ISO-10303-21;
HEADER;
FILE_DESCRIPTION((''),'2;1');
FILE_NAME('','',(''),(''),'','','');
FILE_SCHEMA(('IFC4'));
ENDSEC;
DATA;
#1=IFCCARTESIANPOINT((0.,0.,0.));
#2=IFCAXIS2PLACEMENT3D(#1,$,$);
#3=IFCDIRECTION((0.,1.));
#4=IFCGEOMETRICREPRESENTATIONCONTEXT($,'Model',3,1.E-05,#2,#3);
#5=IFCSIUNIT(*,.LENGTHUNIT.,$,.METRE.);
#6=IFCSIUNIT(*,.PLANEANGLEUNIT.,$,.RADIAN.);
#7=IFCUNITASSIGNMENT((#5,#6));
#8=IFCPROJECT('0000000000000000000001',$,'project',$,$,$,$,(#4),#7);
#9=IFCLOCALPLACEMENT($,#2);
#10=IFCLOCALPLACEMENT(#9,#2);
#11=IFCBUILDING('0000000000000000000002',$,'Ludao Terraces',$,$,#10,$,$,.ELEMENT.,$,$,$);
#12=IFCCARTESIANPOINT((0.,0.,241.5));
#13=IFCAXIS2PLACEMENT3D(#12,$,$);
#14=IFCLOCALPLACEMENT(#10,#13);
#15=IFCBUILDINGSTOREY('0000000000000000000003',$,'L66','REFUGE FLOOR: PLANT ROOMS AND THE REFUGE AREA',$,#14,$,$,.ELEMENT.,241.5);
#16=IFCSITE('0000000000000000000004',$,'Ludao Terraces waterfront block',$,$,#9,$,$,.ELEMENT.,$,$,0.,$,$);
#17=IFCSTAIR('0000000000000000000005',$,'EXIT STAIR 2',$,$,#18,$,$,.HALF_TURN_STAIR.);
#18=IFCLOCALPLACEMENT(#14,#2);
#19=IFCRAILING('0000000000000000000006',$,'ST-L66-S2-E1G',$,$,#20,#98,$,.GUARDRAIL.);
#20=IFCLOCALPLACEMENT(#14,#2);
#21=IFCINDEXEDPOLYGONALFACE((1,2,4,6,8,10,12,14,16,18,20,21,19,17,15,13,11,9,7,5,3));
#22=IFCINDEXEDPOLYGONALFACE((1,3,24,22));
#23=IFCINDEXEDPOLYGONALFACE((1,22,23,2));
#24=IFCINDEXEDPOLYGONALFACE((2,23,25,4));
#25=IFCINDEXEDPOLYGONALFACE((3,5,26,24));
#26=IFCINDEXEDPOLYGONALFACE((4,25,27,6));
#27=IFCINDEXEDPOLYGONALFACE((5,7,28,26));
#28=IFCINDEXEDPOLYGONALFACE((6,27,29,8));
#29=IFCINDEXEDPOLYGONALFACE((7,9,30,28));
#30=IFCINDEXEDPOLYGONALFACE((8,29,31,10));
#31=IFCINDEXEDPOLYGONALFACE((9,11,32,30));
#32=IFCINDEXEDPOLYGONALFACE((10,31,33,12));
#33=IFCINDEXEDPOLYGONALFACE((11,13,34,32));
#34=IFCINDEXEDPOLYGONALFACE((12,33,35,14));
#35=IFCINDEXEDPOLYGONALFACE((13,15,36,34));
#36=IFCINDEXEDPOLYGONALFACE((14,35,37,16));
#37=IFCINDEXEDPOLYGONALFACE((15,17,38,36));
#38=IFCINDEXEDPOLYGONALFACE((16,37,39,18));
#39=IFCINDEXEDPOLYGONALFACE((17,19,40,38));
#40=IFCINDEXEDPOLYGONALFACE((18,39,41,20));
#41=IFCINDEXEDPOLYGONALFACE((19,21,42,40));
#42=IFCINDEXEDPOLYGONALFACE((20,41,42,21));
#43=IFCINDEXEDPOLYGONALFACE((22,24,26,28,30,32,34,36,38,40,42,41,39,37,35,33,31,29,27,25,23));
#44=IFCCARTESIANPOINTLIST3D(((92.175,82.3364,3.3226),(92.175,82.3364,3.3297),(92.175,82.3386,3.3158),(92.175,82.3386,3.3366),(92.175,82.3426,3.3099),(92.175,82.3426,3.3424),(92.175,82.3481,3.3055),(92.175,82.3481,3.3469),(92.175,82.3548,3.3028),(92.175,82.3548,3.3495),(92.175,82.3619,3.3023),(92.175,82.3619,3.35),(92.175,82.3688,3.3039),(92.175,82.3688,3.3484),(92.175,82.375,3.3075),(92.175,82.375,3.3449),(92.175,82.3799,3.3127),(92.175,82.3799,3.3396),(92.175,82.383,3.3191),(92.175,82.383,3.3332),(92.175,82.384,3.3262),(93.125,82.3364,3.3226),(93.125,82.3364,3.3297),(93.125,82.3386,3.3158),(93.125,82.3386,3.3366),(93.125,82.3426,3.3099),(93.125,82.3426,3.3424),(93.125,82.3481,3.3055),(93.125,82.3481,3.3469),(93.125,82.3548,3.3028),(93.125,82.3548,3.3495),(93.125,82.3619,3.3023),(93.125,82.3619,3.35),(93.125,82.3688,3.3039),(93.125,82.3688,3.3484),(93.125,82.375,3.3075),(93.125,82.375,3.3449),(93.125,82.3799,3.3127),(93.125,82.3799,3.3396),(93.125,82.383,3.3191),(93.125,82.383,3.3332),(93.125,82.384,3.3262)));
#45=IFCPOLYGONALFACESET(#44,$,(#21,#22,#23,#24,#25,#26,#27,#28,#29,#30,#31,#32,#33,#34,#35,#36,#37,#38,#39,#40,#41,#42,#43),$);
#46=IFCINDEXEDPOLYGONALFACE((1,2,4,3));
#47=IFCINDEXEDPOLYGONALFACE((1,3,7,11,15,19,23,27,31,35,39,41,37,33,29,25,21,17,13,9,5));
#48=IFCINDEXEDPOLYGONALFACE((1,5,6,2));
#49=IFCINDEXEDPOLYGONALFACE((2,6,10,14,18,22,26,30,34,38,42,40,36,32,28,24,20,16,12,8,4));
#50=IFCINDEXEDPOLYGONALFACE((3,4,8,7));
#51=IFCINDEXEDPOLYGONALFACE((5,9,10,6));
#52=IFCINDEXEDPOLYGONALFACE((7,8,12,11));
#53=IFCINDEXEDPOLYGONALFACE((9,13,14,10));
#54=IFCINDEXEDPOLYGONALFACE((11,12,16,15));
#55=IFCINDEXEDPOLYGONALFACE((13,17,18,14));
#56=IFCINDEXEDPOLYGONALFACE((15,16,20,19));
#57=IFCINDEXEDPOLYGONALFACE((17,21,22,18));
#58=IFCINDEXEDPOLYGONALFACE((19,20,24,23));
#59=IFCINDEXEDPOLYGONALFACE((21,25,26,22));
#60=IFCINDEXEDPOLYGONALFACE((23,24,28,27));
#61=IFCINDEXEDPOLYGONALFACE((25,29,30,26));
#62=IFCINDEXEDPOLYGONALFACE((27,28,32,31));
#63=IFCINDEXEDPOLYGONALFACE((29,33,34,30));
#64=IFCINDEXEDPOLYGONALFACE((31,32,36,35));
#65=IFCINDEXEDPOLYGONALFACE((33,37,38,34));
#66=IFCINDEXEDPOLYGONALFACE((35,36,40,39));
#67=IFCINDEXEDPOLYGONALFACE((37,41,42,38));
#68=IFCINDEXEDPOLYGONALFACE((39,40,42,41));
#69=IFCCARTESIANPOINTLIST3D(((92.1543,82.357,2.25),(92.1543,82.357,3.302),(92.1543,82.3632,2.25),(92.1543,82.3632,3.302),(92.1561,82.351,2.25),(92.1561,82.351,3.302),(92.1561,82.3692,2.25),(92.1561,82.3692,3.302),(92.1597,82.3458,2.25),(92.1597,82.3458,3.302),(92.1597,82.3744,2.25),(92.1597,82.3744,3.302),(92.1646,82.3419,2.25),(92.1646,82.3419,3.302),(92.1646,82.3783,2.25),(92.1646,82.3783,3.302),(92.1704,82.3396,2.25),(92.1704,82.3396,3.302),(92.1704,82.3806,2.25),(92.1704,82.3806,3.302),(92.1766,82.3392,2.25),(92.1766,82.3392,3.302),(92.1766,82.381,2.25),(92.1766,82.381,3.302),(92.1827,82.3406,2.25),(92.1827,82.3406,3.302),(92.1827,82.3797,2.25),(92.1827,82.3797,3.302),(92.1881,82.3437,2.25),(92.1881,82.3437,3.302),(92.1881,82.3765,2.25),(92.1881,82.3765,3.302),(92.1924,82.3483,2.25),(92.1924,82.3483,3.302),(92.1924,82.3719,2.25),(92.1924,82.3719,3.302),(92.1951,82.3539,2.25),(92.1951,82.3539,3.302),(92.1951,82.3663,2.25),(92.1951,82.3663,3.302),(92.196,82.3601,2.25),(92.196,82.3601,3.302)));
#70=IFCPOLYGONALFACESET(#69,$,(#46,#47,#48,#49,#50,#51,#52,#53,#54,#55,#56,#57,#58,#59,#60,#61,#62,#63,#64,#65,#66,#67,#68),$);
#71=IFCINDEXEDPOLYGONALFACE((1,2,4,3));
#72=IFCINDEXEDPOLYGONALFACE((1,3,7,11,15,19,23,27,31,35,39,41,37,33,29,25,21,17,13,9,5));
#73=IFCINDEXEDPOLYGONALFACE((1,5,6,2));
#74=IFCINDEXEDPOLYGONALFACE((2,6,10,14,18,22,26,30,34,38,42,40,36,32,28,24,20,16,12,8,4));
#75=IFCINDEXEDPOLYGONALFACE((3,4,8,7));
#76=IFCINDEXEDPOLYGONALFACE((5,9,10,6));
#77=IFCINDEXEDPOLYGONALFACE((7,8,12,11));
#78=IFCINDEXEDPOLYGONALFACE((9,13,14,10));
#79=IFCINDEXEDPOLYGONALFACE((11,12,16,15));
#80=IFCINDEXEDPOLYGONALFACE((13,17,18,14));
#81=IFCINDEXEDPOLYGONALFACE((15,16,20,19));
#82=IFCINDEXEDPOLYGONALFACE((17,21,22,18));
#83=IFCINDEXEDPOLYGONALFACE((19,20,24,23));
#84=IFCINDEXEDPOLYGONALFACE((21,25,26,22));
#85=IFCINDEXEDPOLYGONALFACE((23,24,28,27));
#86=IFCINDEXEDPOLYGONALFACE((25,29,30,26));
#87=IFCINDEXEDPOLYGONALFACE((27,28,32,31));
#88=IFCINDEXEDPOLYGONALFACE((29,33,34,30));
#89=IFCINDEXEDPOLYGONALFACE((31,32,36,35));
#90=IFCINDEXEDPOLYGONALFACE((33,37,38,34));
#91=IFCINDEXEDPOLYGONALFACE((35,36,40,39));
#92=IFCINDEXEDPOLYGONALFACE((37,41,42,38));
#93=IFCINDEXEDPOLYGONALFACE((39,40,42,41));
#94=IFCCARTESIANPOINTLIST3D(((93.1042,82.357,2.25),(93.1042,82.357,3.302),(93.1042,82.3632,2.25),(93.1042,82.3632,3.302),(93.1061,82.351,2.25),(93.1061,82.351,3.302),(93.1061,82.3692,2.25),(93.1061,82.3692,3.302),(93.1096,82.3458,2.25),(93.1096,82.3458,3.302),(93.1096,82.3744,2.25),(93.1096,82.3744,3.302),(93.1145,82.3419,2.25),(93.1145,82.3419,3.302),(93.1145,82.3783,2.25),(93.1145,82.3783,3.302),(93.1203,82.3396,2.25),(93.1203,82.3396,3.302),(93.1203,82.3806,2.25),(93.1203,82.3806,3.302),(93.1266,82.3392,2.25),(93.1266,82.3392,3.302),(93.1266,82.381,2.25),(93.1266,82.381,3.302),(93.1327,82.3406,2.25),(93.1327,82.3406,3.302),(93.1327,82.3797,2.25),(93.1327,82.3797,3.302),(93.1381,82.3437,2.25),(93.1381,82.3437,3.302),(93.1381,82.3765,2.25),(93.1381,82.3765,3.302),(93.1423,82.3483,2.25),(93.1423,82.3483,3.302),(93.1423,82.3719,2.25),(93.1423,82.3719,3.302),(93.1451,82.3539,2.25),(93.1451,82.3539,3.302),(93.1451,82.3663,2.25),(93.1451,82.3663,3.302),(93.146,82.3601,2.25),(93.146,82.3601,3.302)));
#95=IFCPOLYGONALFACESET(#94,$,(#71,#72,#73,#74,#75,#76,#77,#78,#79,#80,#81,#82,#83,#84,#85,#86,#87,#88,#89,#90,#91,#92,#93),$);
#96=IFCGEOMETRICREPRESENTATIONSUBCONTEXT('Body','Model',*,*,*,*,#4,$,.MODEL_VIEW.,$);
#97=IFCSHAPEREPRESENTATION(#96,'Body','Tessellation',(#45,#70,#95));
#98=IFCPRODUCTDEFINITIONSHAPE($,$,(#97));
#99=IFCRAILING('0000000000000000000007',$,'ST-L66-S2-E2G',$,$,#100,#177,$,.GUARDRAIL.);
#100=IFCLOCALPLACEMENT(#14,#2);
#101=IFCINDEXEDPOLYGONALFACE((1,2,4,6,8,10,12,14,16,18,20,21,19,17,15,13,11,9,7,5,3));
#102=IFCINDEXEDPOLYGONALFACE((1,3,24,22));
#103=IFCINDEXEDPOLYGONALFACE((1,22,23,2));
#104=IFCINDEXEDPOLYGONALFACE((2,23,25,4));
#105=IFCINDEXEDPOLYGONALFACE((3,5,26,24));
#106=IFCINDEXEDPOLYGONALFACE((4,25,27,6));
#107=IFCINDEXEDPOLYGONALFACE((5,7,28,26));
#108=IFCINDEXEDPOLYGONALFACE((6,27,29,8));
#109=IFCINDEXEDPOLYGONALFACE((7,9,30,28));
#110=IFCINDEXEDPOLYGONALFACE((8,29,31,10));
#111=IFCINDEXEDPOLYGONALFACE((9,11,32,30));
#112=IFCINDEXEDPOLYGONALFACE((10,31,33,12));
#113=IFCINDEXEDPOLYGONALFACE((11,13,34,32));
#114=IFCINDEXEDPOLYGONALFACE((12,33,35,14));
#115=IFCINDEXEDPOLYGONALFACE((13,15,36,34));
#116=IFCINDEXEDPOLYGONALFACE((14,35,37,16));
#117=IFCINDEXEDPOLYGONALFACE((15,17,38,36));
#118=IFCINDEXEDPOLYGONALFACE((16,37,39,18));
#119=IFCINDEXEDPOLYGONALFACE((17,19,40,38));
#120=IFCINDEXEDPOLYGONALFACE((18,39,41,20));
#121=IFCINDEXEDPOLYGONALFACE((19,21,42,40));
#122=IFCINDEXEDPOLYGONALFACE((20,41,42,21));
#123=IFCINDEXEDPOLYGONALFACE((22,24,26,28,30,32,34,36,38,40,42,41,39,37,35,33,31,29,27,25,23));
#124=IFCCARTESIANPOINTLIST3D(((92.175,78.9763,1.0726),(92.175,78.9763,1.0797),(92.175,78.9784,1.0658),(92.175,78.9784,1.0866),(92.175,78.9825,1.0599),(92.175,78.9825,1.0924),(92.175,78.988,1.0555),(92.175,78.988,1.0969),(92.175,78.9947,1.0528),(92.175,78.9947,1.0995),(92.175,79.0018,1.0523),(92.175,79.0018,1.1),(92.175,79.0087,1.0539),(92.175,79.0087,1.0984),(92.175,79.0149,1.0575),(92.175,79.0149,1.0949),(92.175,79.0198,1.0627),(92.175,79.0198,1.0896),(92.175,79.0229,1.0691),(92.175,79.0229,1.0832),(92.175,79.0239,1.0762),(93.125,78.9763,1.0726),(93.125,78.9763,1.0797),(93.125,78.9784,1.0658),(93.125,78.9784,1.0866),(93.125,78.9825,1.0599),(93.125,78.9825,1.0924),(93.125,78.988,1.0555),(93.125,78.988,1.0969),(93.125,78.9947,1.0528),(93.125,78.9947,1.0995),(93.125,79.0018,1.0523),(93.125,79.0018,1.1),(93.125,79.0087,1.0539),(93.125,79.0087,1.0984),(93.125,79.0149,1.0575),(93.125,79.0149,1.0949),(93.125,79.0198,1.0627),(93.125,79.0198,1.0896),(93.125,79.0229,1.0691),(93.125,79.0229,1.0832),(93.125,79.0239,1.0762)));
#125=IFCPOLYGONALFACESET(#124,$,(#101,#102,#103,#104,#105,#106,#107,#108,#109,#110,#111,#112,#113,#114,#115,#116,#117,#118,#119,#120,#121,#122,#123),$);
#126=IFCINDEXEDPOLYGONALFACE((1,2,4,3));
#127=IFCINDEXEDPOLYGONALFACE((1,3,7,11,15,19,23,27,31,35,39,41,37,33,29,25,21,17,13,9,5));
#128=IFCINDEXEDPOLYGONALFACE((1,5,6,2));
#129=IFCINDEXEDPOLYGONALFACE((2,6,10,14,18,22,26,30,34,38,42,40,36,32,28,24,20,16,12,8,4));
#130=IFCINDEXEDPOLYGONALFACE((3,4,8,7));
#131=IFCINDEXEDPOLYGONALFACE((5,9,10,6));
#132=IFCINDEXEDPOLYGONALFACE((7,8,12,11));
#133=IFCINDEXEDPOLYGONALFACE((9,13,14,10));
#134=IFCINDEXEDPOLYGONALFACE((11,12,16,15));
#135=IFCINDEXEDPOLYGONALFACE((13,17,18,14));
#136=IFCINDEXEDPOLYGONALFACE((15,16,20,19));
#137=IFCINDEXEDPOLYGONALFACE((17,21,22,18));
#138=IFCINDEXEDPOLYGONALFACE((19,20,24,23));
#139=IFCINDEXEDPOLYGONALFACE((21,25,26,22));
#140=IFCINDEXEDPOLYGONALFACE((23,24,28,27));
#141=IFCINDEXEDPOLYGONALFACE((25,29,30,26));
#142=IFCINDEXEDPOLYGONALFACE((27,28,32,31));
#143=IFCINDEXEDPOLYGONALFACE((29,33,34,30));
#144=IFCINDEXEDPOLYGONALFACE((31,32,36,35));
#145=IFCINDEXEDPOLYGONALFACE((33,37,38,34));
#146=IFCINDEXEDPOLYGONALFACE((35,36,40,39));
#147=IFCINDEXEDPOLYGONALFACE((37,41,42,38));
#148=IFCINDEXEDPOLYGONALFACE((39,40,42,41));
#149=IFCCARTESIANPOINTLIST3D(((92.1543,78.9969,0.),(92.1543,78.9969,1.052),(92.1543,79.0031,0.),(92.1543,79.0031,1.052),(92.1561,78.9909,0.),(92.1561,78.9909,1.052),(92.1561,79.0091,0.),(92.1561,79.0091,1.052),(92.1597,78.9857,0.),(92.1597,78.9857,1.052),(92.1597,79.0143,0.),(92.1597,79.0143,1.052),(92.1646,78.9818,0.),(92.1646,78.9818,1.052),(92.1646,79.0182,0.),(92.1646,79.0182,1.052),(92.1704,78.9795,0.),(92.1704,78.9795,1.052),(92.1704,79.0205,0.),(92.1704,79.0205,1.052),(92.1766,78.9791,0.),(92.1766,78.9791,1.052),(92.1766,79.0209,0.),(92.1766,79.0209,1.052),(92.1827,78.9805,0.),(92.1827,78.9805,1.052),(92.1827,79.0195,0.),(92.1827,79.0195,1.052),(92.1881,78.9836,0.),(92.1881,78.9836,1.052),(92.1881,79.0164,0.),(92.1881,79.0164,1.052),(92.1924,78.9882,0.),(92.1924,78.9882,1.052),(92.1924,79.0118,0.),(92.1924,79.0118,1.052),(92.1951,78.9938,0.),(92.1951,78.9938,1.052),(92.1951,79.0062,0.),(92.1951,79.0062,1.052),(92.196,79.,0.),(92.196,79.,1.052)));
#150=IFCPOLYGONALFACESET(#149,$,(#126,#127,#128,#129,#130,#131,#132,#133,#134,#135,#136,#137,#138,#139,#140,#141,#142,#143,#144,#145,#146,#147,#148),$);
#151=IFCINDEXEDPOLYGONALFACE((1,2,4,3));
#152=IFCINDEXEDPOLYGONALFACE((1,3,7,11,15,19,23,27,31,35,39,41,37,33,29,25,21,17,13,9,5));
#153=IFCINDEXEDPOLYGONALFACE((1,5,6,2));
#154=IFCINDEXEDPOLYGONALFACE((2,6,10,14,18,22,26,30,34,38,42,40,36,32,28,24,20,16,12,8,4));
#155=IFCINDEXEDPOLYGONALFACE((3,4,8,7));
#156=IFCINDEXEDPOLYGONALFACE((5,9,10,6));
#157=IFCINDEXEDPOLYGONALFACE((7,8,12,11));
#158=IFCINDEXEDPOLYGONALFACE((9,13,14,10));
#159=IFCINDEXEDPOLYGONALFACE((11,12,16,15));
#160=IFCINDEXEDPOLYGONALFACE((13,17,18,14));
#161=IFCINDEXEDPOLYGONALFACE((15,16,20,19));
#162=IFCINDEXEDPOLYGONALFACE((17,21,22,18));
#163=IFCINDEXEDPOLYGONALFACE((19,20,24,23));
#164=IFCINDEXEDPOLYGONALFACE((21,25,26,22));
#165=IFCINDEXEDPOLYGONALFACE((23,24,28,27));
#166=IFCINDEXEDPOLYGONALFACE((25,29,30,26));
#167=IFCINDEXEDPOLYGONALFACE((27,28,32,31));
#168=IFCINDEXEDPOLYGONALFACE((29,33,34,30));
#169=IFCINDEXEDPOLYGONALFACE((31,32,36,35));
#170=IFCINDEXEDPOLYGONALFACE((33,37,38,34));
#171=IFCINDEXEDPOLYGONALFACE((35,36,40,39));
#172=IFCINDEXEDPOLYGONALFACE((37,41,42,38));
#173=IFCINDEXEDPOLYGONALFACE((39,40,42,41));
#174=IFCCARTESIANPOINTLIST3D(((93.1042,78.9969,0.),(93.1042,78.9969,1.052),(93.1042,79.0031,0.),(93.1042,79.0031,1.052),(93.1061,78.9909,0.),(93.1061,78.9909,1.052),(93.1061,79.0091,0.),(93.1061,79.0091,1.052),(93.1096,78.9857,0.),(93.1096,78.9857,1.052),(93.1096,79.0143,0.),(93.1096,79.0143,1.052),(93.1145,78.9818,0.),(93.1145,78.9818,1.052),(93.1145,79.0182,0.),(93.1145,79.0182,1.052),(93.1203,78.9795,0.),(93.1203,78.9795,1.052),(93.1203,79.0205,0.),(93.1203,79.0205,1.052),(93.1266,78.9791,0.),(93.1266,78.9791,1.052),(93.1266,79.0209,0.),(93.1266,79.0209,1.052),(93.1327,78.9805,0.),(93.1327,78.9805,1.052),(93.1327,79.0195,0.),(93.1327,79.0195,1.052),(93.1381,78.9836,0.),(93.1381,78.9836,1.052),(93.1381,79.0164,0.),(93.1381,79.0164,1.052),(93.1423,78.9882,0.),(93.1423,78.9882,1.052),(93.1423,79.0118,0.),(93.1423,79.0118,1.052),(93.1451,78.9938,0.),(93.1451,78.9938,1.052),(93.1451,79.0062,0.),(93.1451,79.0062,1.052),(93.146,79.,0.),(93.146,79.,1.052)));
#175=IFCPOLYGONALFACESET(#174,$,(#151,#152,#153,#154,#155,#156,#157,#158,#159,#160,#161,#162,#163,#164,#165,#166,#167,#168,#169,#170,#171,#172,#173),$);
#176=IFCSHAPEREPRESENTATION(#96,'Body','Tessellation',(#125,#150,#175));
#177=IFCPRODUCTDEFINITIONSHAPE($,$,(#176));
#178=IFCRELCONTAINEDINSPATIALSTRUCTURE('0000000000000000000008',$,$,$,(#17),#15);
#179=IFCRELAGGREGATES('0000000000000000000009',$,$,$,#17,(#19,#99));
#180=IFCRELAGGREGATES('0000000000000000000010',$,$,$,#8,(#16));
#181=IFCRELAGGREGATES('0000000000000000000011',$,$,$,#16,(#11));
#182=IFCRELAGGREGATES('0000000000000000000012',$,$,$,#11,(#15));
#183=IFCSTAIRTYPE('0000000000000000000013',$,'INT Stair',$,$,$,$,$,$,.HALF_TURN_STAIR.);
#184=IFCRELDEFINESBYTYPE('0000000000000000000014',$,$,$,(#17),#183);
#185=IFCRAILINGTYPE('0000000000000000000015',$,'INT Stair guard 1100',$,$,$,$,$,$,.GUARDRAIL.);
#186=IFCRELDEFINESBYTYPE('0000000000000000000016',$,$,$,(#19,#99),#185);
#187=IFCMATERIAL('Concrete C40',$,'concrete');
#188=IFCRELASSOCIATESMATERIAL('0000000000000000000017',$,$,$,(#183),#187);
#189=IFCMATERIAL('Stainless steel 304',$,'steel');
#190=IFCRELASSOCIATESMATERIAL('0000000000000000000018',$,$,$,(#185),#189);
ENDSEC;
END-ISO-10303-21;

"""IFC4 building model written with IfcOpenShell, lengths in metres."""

from ifc_helpers import new_model, si_unit, direction, frame, origin, origin_2d, place, context, subcontext, project, spatial, circle, extrude, material, type_object, element, aggregate, save


model = new_model("IFC4")

# Units and contexts
model_context = context("Model", 3, precision=1e-05, world=origin(), true_north=direction((0.0, 1.0)))
body_context = subcontext(model_context, "Body", "Model", "MODEL_VIEW")
ifc_project = project(units=[si_unit("LENGTHUNIT", "METRE"), si_unit("PLANEANGLEUNIT", "RADIAN")], contexts=[model_context])

# Site, building, storey
site_placement = place(None, origin())
site = spatial("IfcSite", under=ifc_project, at=site_placement, Name="Ludao Terraces waterfront block", CompositionType="ELEMENT", RefElevation=0.0)
building_placement = place(site_placement, origin())
building = spatial("IfcBuilding", under=site, at=building_placement, Name="Ludao Terraces", CompositionType="ELEMENT")
storey_placement = place(building_placement, frame((0.0, 0.0, 241.5)))
storey = spatial("IfcBuildingStorey", under=building, at=storey_placement, Name="L66", Description="REFUGE FLOOR: PLANT ROOMS AND THE REFUGE AREA", CompositionType="ELEMENT", Elevation=241.5)

# Shared definitions
ifc_material_1 = material(Name="Stainless steel 304", Category="steel")

# Stair, railings
ifc_material_2 = material(Name="Concrete C40", Category="concrete")
stair_type = type_object("IfcStairType", Name="INT Stair", PredefinedType="HALF_TURN_STAIR", material=ifc_material_2)
stair_placement = place(storey_placement, origin())
stair = element("IfcStair", 1, at=stair_placement, inside=storey, type_object=stair_type, Name="EXIT STAIR 2", PredefinedType="HALF_TURN_STAIR")
railing_type_1 = type_object("IfcRailingType", Name="INT Stair guard 1100", PredefinedType="GUARDRAIL", material=ifc_material_1)
railing_1_placement = place(storey_placement, frame((92.175, 82.3601, 2.25)))
railing_1 = element("IfcRailing", 2, at=railing_1_placement, type_object=railing_type_1, Name="ST-L66-S2-E1G", PredefinedType="GUARDRAIL", context=body_context, shape_type="SweptSolid", body=[
    extrude(circle(Radius=0.0239, at=origin_2d()), frame((0.0, 0.0, 1.0762), z_axis=(1.0, 0.0, 0.0), x_axis=(0.0, 1.0, 0.0)), (0.0, 0.0, 1.0), 0.95),
    extrude(circle(Radius=0.021, at=origin_2d()), origin(), (0.0, 0.0, 1.0), 1.052),
    extrude(circle(Radius=0.021, at=origin_2d()), frame((0.95, 0.0, 0.0)), (0.0, 0.0, 1.0), 1.052),
])
railing_2_placement = place(storey_placement, frame((92.175, 79.0, 0.0)))
railing_2 = element("IfcRailing", 3, at=railing_2_placement, type_object=railing_type_1, Name="ST-L66-S2-E2G", PredefinedType="GUARDRAIL", context=body_context, shape_type="SweptSolid", body=[
    extrude(circle(Radius=0.0239, at=origin_2d()), frame((0.0, 0.0, 1.0762), z_axis=(1.0, 0.0, 0.0), x_axis=(0.0, 1.0, 0.0)), (0.0, 0.0, 1.0), 0.95),
    extrude(circle(Radius=0.021, at=origin_2d()), origin(), (0.0, 0.0, 1.0), 1.052),
    extrude(circle(Radius=0.021, at=origin_2d()), frame((0.95, 0.0, 0.0)), (0.0, 0.0, 1.0), 1.052),
])
aggregate(stair, [railing_1, railing_2])

save(model, "model.ifc")
